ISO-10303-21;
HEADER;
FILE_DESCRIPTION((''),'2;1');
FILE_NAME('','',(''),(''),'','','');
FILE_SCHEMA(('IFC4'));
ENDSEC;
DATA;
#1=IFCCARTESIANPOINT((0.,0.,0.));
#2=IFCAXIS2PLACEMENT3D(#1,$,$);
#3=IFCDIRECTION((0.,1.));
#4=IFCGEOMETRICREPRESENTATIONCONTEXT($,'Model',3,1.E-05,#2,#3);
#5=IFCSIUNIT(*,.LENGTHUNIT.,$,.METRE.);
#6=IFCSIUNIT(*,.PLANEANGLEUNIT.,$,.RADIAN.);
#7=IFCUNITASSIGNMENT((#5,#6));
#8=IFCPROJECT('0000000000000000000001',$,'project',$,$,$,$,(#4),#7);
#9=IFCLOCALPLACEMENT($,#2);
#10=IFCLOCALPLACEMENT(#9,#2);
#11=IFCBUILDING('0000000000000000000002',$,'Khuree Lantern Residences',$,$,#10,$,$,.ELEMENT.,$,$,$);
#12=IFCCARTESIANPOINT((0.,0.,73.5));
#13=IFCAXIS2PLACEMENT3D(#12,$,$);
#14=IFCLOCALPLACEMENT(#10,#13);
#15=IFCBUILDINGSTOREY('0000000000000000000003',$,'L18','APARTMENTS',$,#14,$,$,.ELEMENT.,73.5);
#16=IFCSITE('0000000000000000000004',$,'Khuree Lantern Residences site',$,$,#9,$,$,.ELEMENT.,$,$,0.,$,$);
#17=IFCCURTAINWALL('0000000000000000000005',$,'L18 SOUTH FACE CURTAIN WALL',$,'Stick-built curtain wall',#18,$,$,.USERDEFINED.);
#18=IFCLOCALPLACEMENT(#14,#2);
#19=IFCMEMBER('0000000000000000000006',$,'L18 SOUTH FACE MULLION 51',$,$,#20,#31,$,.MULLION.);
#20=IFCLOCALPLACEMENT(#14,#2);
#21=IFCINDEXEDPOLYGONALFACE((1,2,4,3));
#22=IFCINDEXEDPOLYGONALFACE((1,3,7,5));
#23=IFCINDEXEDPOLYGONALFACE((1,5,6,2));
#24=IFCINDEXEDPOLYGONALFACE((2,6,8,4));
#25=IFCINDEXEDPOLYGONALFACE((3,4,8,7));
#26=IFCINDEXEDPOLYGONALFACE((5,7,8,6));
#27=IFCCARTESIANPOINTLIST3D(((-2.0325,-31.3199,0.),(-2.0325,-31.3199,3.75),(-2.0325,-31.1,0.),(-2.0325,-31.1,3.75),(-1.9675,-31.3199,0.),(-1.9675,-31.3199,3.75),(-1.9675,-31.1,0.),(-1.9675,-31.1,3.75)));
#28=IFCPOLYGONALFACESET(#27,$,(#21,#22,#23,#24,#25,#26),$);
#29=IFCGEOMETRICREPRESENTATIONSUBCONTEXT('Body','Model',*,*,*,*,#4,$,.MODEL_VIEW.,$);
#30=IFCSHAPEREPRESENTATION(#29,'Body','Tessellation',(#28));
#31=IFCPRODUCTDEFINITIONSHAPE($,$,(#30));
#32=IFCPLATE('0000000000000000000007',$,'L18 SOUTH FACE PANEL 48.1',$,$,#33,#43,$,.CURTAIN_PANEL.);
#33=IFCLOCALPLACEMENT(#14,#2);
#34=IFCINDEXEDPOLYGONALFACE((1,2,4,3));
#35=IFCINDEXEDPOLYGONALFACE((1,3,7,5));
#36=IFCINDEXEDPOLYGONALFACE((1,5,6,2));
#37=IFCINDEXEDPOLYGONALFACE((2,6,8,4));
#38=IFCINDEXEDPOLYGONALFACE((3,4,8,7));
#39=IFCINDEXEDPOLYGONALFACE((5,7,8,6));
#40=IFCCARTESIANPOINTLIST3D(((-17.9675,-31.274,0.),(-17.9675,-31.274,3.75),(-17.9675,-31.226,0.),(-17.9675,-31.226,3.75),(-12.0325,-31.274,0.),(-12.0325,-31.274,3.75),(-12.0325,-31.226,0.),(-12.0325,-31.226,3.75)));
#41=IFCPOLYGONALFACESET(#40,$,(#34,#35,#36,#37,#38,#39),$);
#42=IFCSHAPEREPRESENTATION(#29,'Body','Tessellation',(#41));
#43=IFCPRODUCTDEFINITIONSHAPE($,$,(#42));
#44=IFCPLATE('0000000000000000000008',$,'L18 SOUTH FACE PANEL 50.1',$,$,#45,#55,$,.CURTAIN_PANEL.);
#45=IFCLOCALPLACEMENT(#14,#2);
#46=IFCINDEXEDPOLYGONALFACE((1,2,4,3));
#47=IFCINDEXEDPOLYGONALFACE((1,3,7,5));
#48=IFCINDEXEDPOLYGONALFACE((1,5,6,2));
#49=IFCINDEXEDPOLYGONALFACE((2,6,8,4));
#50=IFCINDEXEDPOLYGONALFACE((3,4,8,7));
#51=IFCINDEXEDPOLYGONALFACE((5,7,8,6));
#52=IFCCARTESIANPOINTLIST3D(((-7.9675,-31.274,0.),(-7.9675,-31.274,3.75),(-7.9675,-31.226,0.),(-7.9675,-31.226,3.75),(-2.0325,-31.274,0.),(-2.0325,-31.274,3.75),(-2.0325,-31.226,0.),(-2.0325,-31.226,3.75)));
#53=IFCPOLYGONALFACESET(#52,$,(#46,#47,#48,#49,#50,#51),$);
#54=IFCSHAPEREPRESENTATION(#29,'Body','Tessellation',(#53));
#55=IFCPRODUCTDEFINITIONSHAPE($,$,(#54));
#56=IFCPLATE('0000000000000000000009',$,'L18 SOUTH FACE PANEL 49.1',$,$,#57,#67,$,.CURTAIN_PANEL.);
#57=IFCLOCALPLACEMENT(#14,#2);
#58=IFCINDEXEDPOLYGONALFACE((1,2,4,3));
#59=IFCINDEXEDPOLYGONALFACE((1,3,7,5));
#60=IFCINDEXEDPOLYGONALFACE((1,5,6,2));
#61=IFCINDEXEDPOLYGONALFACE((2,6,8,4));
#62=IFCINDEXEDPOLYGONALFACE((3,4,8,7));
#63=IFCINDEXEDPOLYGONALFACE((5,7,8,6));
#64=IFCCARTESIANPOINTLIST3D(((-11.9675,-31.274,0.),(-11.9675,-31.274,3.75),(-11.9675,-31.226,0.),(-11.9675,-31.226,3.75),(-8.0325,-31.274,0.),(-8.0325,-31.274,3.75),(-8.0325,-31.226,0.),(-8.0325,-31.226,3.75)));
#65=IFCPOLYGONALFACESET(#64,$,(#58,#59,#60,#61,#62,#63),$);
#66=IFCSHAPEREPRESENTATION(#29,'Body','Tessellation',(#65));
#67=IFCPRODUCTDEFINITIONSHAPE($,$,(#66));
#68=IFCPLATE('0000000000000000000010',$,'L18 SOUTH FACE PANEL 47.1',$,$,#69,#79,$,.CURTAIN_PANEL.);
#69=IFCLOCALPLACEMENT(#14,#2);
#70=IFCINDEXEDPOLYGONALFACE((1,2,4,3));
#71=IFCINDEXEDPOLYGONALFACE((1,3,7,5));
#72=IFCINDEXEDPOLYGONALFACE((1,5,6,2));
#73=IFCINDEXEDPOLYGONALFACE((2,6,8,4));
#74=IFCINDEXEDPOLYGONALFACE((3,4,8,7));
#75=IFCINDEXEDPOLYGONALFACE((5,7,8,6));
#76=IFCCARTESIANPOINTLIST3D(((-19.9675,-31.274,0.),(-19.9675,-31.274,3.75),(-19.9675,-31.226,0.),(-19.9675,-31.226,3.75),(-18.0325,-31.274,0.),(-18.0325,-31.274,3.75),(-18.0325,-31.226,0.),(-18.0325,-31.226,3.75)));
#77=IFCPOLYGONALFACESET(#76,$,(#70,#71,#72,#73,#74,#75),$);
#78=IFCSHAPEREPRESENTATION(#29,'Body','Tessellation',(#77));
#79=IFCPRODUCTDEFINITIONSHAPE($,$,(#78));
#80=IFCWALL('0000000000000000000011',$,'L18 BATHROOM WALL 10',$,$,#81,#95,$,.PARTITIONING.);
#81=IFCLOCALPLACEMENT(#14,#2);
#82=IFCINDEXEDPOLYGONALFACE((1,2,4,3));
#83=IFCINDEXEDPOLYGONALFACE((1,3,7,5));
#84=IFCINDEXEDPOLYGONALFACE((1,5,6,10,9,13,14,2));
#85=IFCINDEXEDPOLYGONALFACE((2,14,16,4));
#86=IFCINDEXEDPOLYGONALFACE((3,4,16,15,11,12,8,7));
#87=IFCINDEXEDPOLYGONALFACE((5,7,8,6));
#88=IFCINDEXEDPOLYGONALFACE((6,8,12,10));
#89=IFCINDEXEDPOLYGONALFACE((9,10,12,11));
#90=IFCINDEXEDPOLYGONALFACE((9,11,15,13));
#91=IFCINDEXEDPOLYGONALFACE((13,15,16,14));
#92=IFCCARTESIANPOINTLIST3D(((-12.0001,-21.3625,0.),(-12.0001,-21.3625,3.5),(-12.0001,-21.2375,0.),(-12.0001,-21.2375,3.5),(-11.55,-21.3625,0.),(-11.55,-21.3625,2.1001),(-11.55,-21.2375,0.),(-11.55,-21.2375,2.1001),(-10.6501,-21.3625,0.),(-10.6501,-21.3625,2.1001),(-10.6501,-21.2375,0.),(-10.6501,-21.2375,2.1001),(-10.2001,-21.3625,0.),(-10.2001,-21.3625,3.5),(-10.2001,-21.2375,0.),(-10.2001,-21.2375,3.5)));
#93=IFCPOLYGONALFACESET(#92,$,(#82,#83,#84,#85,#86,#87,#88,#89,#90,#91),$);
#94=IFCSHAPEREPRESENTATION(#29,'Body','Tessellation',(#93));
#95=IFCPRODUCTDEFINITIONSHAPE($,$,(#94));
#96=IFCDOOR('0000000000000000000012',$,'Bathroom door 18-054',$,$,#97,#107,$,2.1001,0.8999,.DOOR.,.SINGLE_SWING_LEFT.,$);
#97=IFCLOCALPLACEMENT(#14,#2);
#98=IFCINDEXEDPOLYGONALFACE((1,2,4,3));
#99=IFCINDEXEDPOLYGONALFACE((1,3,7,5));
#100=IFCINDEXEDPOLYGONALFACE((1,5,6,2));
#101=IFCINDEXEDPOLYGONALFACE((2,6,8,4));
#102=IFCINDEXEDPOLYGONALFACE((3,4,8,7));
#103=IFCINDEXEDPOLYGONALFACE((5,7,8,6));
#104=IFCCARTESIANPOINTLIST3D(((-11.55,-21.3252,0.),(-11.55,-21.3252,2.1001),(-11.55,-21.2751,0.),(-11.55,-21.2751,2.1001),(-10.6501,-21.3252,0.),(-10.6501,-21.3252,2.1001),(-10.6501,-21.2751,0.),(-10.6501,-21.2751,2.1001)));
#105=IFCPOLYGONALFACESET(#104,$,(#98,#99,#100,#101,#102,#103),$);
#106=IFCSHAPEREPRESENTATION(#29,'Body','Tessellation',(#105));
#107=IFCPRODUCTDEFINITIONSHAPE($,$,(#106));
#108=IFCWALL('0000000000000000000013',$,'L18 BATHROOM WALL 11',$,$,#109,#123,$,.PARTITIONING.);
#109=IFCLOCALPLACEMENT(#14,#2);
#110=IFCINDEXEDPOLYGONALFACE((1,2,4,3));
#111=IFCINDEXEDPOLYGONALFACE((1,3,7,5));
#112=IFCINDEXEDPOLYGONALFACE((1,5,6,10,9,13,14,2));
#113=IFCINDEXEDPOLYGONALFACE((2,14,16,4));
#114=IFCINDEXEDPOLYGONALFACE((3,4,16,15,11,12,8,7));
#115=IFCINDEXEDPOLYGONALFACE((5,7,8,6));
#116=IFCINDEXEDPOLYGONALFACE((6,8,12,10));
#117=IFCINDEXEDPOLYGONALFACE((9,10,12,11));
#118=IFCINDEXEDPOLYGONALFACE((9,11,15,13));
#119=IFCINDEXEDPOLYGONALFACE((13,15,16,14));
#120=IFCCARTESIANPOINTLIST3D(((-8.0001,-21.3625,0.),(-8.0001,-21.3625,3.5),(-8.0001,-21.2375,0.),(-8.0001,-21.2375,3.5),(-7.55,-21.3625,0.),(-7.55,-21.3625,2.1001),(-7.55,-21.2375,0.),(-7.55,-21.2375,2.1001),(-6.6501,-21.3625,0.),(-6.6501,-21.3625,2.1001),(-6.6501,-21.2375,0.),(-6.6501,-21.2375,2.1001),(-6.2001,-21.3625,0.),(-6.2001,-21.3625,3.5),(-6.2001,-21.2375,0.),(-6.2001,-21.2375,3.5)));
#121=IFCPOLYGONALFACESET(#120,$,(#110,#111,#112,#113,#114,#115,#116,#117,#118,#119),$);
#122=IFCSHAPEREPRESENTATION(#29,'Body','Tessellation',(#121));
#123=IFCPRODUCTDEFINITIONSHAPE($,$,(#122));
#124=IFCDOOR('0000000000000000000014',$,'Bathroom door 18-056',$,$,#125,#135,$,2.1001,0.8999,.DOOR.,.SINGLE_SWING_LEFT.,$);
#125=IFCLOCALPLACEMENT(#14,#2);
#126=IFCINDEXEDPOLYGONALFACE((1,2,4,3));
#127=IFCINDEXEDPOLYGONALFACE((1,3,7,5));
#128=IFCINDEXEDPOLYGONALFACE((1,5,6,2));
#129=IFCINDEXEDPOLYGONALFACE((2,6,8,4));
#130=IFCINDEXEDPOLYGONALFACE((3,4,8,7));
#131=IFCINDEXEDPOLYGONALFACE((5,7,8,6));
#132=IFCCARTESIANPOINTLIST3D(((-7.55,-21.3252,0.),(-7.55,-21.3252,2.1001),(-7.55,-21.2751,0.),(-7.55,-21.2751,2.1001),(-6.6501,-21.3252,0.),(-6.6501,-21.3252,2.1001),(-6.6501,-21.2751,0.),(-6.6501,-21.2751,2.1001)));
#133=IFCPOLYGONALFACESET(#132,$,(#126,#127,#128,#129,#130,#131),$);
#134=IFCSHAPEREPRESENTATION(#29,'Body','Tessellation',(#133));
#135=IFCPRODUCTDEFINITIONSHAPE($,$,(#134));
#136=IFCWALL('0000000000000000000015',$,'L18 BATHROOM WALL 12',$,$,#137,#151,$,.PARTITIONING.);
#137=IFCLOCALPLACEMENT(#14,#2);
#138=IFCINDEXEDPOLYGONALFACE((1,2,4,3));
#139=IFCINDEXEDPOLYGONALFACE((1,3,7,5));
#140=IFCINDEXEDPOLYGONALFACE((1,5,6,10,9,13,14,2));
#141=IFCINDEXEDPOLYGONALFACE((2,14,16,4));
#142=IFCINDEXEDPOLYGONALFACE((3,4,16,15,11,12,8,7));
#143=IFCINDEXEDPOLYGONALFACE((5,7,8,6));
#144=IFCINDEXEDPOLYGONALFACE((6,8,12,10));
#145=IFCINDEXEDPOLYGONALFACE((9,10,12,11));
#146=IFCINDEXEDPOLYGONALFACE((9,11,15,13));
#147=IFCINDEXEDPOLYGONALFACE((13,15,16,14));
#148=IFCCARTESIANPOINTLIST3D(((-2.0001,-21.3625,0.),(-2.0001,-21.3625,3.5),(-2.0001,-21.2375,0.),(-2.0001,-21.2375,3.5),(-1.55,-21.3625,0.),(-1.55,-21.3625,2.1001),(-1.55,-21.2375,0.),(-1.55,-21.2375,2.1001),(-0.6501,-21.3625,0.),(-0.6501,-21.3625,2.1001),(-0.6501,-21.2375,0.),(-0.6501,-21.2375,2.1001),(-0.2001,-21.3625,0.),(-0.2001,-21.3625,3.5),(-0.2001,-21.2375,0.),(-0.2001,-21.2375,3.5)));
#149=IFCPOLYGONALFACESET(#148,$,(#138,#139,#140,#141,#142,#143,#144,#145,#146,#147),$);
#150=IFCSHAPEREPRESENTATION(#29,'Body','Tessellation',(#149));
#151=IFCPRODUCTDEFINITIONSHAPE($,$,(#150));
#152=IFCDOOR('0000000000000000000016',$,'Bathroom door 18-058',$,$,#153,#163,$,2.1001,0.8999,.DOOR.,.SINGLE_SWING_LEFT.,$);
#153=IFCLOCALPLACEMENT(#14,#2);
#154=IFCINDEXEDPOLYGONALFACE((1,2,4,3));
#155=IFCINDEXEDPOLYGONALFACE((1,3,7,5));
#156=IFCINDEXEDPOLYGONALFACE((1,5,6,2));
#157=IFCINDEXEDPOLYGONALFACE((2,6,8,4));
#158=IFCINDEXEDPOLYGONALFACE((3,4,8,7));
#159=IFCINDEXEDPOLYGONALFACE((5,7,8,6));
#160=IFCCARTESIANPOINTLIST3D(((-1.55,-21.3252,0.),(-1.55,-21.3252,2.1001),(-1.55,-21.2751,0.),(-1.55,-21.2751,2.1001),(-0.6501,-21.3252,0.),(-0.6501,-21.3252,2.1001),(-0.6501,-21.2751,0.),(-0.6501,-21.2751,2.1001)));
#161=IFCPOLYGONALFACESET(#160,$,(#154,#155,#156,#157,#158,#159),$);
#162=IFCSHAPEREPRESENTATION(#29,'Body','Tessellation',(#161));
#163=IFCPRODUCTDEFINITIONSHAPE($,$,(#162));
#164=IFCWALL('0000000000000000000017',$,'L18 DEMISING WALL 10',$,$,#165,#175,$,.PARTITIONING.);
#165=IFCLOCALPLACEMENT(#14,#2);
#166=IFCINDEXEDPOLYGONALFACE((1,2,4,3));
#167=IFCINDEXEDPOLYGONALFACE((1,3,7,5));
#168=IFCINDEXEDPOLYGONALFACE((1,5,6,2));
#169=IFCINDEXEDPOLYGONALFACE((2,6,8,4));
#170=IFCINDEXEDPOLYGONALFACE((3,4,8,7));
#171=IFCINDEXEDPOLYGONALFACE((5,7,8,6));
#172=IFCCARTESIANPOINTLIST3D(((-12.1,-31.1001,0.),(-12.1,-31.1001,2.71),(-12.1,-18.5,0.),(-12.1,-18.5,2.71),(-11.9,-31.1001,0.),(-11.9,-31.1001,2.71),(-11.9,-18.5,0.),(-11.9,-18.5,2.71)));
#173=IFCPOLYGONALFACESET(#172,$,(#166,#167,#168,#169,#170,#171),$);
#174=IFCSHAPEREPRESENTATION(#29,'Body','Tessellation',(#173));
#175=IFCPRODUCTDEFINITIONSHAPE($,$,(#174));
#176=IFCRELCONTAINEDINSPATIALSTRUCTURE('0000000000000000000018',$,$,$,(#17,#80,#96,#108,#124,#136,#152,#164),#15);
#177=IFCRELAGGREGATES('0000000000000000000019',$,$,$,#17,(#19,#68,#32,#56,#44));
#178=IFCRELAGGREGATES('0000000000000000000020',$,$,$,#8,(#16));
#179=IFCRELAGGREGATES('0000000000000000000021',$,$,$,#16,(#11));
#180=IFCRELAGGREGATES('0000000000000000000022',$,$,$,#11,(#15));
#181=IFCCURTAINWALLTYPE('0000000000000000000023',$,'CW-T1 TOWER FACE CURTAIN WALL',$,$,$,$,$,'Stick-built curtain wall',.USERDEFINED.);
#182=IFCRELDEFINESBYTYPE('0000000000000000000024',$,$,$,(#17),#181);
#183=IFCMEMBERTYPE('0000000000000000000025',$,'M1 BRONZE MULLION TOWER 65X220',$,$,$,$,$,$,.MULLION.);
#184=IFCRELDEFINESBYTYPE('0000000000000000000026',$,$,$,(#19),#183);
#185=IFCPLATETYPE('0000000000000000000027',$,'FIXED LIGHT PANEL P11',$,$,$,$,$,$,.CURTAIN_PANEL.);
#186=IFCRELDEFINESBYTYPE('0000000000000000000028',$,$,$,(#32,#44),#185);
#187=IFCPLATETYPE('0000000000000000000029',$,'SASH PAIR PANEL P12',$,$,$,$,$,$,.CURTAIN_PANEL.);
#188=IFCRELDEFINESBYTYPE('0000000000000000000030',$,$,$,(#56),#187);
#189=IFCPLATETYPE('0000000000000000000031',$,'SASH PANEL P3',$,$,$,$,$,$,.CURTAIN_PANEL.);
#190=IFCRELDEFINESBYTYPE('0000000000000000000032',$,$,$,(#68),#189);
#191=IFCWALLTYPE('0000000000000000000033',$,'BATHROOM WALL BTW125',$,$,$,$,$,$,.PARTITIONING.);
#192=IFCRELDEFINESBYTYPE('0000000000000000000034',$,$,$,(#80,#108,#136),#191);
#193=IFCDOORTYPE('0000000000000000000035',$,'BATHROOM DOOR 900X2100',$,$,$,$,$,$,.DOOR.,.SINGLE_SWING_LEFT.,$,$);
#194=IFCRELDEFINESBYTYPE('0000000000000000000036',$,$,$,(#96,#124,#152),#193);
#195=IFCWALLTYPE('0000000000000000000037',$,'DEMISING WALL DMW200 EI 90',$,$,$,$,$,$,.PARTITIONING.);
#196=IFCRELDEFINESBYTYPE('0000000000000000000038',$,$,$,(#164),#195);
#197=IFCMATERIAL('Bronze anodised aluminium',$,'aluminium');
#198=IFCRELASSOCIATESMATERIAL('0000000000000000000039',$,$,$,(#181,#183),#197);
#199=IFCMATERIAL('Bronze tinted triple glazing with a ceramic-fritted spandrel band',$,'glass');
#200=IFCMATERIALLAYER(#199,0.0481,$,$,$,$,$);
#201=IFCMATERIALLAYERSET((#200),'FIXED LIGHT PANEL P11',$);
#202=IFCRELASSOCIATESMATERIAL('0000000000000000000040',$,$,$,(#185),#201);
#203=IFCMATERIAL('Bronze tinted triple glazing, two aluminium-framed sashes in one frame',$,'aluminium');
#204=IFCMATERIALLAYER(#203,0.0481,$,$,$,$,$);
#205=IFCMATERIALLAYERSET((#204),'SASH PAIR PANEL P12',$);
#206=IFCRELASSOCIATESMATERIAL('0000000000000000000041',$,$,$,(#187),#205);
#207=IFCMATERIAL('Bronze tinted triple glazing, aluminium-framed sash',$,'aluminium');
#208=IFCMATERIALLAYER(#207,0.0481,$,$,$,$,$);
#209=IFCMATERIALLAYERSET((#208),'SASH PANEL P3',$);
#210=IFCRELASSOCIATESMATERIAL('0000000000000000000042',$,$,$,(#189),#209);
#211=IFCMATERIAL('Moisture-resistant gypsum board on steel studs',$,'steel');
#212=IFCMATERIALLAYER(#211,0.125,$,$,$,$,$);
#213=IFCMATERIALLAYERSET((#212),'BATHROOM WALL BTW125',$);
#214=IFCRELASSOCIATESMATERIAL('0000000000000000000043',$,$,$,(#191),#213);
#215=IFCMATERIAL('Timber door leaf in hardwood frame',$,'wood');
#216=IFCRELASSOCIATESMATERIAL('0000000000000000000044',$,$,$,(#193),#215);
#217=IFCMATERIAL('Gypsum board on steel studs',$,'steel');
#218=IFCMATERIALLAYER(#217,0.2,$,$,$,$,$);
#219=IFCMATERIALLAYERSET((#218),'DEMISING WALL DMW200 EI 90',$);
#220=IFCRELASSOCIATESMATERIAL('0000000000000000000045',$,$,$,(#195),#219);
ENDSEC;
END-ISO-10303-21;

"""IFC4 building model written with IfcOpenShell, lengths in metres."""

from ifc_helpers import new_model, si_unit, direction, frame, frame_2d, origin, origin_2d, place, context, subcontext, project, spatial, rectangle, extrude, material, layer, layer_set, material_profile, profile_set, type_object, element, fill, aggregate, save


model = new_model("IFC4")

# Units and contexts
model_context = context("Model", 3, precision=1e-05, world=origin(), true_north=direction((0.0, 1.0)))
body_context = subcontext(model_context, "Body", "Model", "MODEL_VIEW")
ifc_project = project(units=[si_unit("LENGTHUNIT", "METRE"), si_unit("PLANEANGLEUNIT", "RADIAN")], contexts=[model_context])

# Site, building, storey
site_placement = place(None, origin())
site = spatial("IfcSite", under=ifc_project, at=site_placement, Name="Khuree Lantern Residences site", CompositionType="ELEMENT", RefElevation=0.0)
building_placement = place(site_placement, origin())
building = spatial("IfcBuilding", under=site, at=building_placement, Name="Khuree Lantern Residences", CompositionType="ELEMENT")
storey_placement = place(building_placement, frame((0.0, 0.0, 73.5)))
storey = spatial("IfcBuildingStorey", under=building, at=storey_placement, Name="L18", Description="APARTMENTS", CompositionType="ELEMENT", Elevation=73.5)

# Curtain wall
ifc_material_1 = material(Name="Bronze anodised aluminium", Category="aluminium")
curtain_wall_type = type_object("IfcCurtainWallType", Name="CW-T1 TOWER FACE CURTAIN WALL", ElementType="Stick-built curtain wall", PredefinedType="USERDEFINED", material=ifc_material_1)
curtain_wall_placement = place(storey_placement, origin())
curtain_wall = element("IfcCurtainWall", 1, at=curtain_wall_placement, inside=storey, type_object=curtain_wall_type, Name="L18 SOUTH FACE CURTAIN WALL", ObjectType="Stick-built curtain wall", PredefinedType="USERDEFINED")

# Member
ifc_material_profile_1 = material_profile(ifc_material_1, rectangle(XDim=0.0649, YDim=0.22, at=origin_2d()), Name="M1 65X220")
ifc_profile_set_1 = profile_set([ifc_material_profile_1], Name="Bronze anodised aluminium")
member_type_1 = type_object("IfcMemberType", Name="M1 BRONZE MULLION TOWER 65X220", PredefinedType="MULLION", material=ifc_profile_set_1)
member_1_placement = place(storey_placement, frame((-2.0, -31.21, 0.0), z_axis=(0.0, 0.0, 1.0), x_axis=(1.0, 0.0, 0.0)))
member_1 = element("IfcMember", 2, at=member_1_placement, type_object=member_type_1, Name="L18 SOUTH FACE MULLION 51", PredefinedType="MULLION", context=body_context, shape_type="SweptSolid", body=[
    extrude(rectangle(XDim=0.0649, YDim=0.22, at=origin_2d()), origin(), (0.0, 0.0, 1.0), 3.75),
])

# Plates
ifc_material_2 = material(Name="Bronze tinted triple glazing with a ceramic-fritted spandrel band", Category="glass")
ifc_layer_1 = layer(ifc_material_2, 0.0481)
ifc_layer_set_1 = layer_set([ifc_layer_1], Name="FIXED LIGHT PANEL P11")
plate_type_1 = type_object("IfcPlateType", Name="FIXED LIGHT PANEL P11", PredefinedType="CURTAIN_PANEL", material=ifc_layer_set_1)
plate_1_placement = place(storey_placement, frame((-15.0, -31.25, 0.0), z_axis=(0.0, 0.0, 1.0), x_axis=(1.0, 0.0, 0.0)))
plate_1 = element("IfcPlate", 3, at=plate_1_placement, type_object=plate_type_1, Name="L18 SOUTH FACE PANEL 48.1", PredefinedType="CURTAIN_PANEL", context=body_context, shape_type="SweptSolid", body=[
    extrude(rectangle(XDim=5.9351, YDim=0.0481, at=origin_2d()), origin(), (0.0, 0.0, 1.0), 3.75),
])
plate_2_placement = place(storey_placement, frame((-5.0, -31.25, 0.0), z_axis=(0.0, 0.0, 1.0), x_axis=(1.0, 0.0, 0.0)))
plate_2 = element("IfcPlate", 4, at=plate_2_placement, type_object=plate_type_1, Name="L18 SOUTH FACE PANEL 50.1", PredefinedType="CURTAIN_PANEL", context=body_context, shape_type="SweptSolid", body=[
    extrude(rectangle(XDim=5.9351, YDim=0.0481, at=origin_2d()), origin(), (0.0, 0.0, 1.0), 3.75),
])
ifc_material_3 = material(Name="Bronze tinted triple glazing, two aluminium-framed sashes in one frame", Category="aluminium")
ifc_layer_2 = layer(ifc_material_3, 0.0481)
ifc_layer_set_2 = layer_set([ifc_layer_2], Name="SASH PAIR PANEL P12")
plate_type_2 = type_object("IfcPlateType", Name="SASH PAIR PANEL P12", PredefinedType="CURTAIN_PANEL", material=ifc_layer_set_2)
plate_3_placement = place(storey_placement, frame((-10.0, -31.25, 0.0), z_axis=(0.0, 0.0, 1.0), x_axis=(1.0, 0.0, 0.0)))
plate_3 = element("IfcPlate", 5, at=plate_3_placement, type_object=plate_type_2, Name="L18 SOUTH FACE PANEL 49.1", PredefinedType="CURTAIN_PANEL", context=body_context, shape_type="SweptSolid", body=[
    extrude(rectangle(XDim=3.9351, YDim=0.0481, at=origin_2d()), origin(), (0.0, 0.0, 1.0), 3.75),
])
ifc_material_4 = material(Name="Bronze tinted triple glazing, aluminium-framed sash", Category="aluminium")
ifc_layer_3 = layer(ifc_material_4, 0.0481)
ifc_layer_set_3 = layer_set([ifc_layer_3], Name="SASH PANEL P3")
plate_type_3 = type_object("IfcPlateType", Name="SASH PANEL P3", PredefinedType="CURTAIN_PANEL", material=ifc_layer_set_3)
plate_4_placement = place(storey_placement, frame((-19.0, -31.25, 0.0), z_axis=(0.0, 0.0, 1.0), x_axis=(1.0, 0.0, 0.0)))
plate_4 = element("IfcPlate", 6, at=plate_4_placement, type_object=plate_type_3, Name="L18 SOUTH FACE PANEL 47.1", PredefinedType="CURTAIN_PANEL", context=body_context, shape_type="SweptSolid", body=[
    extrude(rectangle(XDim=1.9351, YDim=0.0481, at=origin_2d()), origin(), (0.0, 0.0, 1.0), 3.75),
])
aggregate(curtain_wall, [member_1, plate_4, plate_1, plate_3, plate_2])

# Walls, openings, doors
ifc_material_5 = material(Name="Moisture-resistant gypsum board on steel studs", Category="steel")
ifc_layer_4 = layer(ifc_material_5, 0.125)
ifc_layer_set_4 = layer_set([ifc_layer_4], Name="BATHROOM WALL BTW125")
wall_type_1 = type_object("IfcWallType", Name="BATHROOM WALL BTW125", PredefinedType="PARTITIONING", material=ifc_layer_set_4)
wall_1_placement = place(storey_placement, frame((-12.0, -21.3, 0.0), z_axis=(0.0, 0.0, 1.0), x_axis=(1.0, 0.0, 0.0)))
wall_1 = element("IfcWall", 7, at=wall_1_placement, inside=storey, type_object=wall_type_1, Name="L18 BATHROOM WALL 10", PredefinedType="PARTITIONING", context=body_context, shape_type="SweptSolid", body=[
    extrude(rectangle(XDim=1.8, YDim=0.125, at=frame_2d((0.8999, 0.0))), origin(), (0.0, 0.0, 1.0), 3.5),
])
opening_1_placement = place(wall_1_placement, frame((0.45, 0.0, 0.0)))
opening_1 = element("IfcOpeningElement", 8, at=opening_1_placement, cuts=wall_1, PredefinedType="OPENING", context=body_context, shape_type="SweptSolid", body=[
    extrude(rectangle(XDim=0.8999, YDim=2.1001, at=frame_2d((0.45, 1.05))), frame((0.0, 0.0725, 0.0), z_axis=(0.0, -1.0, 0.0), x_axis=(1.0, 0.0, 0.0)), (0.0, 0.0, 1.0), 0.145),
])
ifc_material_6 = material(Name="Timber door leaf in hardwood frame", Category="wood")
door_type_1 = type_object("IfcDoorType", Name="BATHROOM DOOR 900X2100", OperationType="SINGLE_SWING_LEFT", PredefinedType="DOOR", material=ifc_material_6)
door_1_placement = place(opening_1_placement, origin())
door_1 = element("IfcDoor", 9, at=door_1_placement, inside=storey, type_object=door_type_1, Name="Bathroom door 18-054", OperationType="SINGLE_SWING_LEFT", OverallHeight=2.1001, OverallWidth=0.8999, PredefinedType="DOOR", context=body_context, shape_type="SweptSolid", body=[
    extrude(rectangle(XDim=0.8999, YDim=2.1001, at=frame_2d((0.45, 1.05))), frame((0.0, 0.0249, 0.0), z_axis=(0.0, -1.0, 0.0), x_axis=(1.0, 0.0, 0.0)), (0.0, 0.0, 1.0), 0.05),
])
fill(opening_1, door_1)
wall_2_placement = place(storey_placement, frame((-8.0, -21.3, 0.0), z_axis=(0.0, 0.0, 1.0), x_axis=(1.0, 0.0, 0.0)))
wall_2 = element("IfcWall", 10, at=wall_2_placement, inside=storey, type_object=wall_type_1, Name="L18 BATHROOM WALL 11", PredefinedType="PARTITIONING", context=body_context, shape_type="SweptSolid", body=[
    extrude(rectangle(XDim=1.8, YDim=0.125, at=frame_2d((0.8999, 0.0))), origin(), (0.0, 0.0, 1.0), 3.5),
])
opening_2_placement = place(wall_2_placement, frame((0.45, 0.0, 0.0)))
opening_2 = element("IfcOpeningElement", 11, at=opening_2_placement, cuts=wall_2, PredefinedType="OPENING", context=body_context, shape_type="SweptSolid", body=[
    extrude(rectangle(XDim=0.8999, YDim=2.1001, at=frame_2d((0.45, 1.05))), frame((0.0, 0.0725, 0.0), z_axis=(0.0, -1.0, 0.0), x_axis=(1.0, 0.0, 0.0)), (0.0, 0.0, 1.0), 0.145),
])
door_2_placement = place(opening_2_placement, origin())
door_2 = element("IfcDoor", 12, at=door_2_placement, inside=storey, type_object=door_type_1, Name="Bathroom door 18-056", OperationType="SINGLE_SWING_LEFT", OverallHeight=2.1001, OverallWidth=0.8999, PredefinedType="DOOR", context=body_context, shape_type="SweptSolid", body=[
    extrude(rectangle(XDim=0.8999, YDim=2.1001, at=frame_2d((0.45, 1.05))), frame((0.0, 0.0249, 0.0), z_axis=(0.0, -1.0, 0.0), x_axis=(1.0, 0.0, 0.0)), (0.0, 0.0, 1.0), 0.05),
])
fill(opening_2, door_2)
wall_3_placement = place(storey_placement, frame((-2.0, -21.3, 0.0), z_axis=(0.0, 0.0, 1.0), x_axis=(1.0, 0.0, 0.0)))
wall_3 = element("IfcWall", 13, at=wall_3_placement, inside=storey, type_object=wall_type_1, Name="L18 BATHROOM WALL 12", PredefinedType="PARTITIONING", context=body_context, shape_type="SweptSolid", body=[
    extrude(rectangle(XDim=1.8, YDim=0.125, at=frame_2d((0.8999, 0.0))), origin(), (0.0, 0.0, 1.0), 3.5),
])
opening_3_placement = place(wall_3_placement, frame((0.45, 0.0, 0.0)))
opening_3 = element("IfcOpeningElement", 14, at=opening_3_placement, cuts=wall_3, PredefinedType="OPENING", context=body_context, shape_type="SweptSolid", body=[
    extrude(rectangle(XDim=0.8999, YDim=2.1001, at=frame_2d((0.45, 1.05))), frame((0.0, 0.0725, 0.0), z_axis=(0.0, -1.0, 0.0), x_axis=(1.0, 0.0, 0.0)), (0.0, 0.0, 1.0), 0.145),
])
door_3_placement = place(opening_3_placement, origin())
door_3 = element("IfcDoor", 15, at=door_3_placement, inside=storey, type_object=door_type_1, Name="Bathroom door 18-058", OperationType="SINGLE_SWING_LEFT", OverallHeight=2.1001, OverallWidth=0.8999, PredefinedType="DOOR", context=body_context, shape_type="SweptSolid", body=[
    extrude(rectangle(XDim=0.8999, YDim=2.1001, at=frame_2d((0.45, 1.05))), frame((0.0, 0.0249, 0.0), z_axis=(0.0, -1.0, 0.0), x_axis=(1.0, 0.0, 0.0)), (0.0, 0.0, 1.0), 0.05),
])
fill(opening_3, door_3)

# Wall
ifc_material_7 = material(Name="Gypsum board on steel studs", Category="steel")
ifc_layer_5 = layer(ifc_material_7, 0.2)
ifc_layer_set_5 = layer_set([ifc_layer_5], Name="DEMISING WALL DMW200 EI 90")
wall_type_2 = type_object("IfcWallType", Name="DEMISING WALL DMW200 EI 90", PredefinedType="PARTITIONING", material=ifc_layer_set_5)
wall_4_placement = place(storey_placement, frame((-12.0, -18.5, 0.0), z_axis=(0.0, 0.0, 1.0), x_axis=(0.0, -1.0, 0.0)))
element("IfcWall", 16, at=wall_4_placement, inside=storey, type_object=wall_type_2, Name="L18 DEMISING WALL 10", PredefinedType="PARTITIONING", context=body_context, shape_type="SweptSolid", body=[
    extrude(rectangle(XDim=12.6001, YDim=0.2, at=frame_2d((6.3, 0.0))), origin(), (0.0, 0.0, 1.0), 2.71),
])

save(model, "model.ifc")
